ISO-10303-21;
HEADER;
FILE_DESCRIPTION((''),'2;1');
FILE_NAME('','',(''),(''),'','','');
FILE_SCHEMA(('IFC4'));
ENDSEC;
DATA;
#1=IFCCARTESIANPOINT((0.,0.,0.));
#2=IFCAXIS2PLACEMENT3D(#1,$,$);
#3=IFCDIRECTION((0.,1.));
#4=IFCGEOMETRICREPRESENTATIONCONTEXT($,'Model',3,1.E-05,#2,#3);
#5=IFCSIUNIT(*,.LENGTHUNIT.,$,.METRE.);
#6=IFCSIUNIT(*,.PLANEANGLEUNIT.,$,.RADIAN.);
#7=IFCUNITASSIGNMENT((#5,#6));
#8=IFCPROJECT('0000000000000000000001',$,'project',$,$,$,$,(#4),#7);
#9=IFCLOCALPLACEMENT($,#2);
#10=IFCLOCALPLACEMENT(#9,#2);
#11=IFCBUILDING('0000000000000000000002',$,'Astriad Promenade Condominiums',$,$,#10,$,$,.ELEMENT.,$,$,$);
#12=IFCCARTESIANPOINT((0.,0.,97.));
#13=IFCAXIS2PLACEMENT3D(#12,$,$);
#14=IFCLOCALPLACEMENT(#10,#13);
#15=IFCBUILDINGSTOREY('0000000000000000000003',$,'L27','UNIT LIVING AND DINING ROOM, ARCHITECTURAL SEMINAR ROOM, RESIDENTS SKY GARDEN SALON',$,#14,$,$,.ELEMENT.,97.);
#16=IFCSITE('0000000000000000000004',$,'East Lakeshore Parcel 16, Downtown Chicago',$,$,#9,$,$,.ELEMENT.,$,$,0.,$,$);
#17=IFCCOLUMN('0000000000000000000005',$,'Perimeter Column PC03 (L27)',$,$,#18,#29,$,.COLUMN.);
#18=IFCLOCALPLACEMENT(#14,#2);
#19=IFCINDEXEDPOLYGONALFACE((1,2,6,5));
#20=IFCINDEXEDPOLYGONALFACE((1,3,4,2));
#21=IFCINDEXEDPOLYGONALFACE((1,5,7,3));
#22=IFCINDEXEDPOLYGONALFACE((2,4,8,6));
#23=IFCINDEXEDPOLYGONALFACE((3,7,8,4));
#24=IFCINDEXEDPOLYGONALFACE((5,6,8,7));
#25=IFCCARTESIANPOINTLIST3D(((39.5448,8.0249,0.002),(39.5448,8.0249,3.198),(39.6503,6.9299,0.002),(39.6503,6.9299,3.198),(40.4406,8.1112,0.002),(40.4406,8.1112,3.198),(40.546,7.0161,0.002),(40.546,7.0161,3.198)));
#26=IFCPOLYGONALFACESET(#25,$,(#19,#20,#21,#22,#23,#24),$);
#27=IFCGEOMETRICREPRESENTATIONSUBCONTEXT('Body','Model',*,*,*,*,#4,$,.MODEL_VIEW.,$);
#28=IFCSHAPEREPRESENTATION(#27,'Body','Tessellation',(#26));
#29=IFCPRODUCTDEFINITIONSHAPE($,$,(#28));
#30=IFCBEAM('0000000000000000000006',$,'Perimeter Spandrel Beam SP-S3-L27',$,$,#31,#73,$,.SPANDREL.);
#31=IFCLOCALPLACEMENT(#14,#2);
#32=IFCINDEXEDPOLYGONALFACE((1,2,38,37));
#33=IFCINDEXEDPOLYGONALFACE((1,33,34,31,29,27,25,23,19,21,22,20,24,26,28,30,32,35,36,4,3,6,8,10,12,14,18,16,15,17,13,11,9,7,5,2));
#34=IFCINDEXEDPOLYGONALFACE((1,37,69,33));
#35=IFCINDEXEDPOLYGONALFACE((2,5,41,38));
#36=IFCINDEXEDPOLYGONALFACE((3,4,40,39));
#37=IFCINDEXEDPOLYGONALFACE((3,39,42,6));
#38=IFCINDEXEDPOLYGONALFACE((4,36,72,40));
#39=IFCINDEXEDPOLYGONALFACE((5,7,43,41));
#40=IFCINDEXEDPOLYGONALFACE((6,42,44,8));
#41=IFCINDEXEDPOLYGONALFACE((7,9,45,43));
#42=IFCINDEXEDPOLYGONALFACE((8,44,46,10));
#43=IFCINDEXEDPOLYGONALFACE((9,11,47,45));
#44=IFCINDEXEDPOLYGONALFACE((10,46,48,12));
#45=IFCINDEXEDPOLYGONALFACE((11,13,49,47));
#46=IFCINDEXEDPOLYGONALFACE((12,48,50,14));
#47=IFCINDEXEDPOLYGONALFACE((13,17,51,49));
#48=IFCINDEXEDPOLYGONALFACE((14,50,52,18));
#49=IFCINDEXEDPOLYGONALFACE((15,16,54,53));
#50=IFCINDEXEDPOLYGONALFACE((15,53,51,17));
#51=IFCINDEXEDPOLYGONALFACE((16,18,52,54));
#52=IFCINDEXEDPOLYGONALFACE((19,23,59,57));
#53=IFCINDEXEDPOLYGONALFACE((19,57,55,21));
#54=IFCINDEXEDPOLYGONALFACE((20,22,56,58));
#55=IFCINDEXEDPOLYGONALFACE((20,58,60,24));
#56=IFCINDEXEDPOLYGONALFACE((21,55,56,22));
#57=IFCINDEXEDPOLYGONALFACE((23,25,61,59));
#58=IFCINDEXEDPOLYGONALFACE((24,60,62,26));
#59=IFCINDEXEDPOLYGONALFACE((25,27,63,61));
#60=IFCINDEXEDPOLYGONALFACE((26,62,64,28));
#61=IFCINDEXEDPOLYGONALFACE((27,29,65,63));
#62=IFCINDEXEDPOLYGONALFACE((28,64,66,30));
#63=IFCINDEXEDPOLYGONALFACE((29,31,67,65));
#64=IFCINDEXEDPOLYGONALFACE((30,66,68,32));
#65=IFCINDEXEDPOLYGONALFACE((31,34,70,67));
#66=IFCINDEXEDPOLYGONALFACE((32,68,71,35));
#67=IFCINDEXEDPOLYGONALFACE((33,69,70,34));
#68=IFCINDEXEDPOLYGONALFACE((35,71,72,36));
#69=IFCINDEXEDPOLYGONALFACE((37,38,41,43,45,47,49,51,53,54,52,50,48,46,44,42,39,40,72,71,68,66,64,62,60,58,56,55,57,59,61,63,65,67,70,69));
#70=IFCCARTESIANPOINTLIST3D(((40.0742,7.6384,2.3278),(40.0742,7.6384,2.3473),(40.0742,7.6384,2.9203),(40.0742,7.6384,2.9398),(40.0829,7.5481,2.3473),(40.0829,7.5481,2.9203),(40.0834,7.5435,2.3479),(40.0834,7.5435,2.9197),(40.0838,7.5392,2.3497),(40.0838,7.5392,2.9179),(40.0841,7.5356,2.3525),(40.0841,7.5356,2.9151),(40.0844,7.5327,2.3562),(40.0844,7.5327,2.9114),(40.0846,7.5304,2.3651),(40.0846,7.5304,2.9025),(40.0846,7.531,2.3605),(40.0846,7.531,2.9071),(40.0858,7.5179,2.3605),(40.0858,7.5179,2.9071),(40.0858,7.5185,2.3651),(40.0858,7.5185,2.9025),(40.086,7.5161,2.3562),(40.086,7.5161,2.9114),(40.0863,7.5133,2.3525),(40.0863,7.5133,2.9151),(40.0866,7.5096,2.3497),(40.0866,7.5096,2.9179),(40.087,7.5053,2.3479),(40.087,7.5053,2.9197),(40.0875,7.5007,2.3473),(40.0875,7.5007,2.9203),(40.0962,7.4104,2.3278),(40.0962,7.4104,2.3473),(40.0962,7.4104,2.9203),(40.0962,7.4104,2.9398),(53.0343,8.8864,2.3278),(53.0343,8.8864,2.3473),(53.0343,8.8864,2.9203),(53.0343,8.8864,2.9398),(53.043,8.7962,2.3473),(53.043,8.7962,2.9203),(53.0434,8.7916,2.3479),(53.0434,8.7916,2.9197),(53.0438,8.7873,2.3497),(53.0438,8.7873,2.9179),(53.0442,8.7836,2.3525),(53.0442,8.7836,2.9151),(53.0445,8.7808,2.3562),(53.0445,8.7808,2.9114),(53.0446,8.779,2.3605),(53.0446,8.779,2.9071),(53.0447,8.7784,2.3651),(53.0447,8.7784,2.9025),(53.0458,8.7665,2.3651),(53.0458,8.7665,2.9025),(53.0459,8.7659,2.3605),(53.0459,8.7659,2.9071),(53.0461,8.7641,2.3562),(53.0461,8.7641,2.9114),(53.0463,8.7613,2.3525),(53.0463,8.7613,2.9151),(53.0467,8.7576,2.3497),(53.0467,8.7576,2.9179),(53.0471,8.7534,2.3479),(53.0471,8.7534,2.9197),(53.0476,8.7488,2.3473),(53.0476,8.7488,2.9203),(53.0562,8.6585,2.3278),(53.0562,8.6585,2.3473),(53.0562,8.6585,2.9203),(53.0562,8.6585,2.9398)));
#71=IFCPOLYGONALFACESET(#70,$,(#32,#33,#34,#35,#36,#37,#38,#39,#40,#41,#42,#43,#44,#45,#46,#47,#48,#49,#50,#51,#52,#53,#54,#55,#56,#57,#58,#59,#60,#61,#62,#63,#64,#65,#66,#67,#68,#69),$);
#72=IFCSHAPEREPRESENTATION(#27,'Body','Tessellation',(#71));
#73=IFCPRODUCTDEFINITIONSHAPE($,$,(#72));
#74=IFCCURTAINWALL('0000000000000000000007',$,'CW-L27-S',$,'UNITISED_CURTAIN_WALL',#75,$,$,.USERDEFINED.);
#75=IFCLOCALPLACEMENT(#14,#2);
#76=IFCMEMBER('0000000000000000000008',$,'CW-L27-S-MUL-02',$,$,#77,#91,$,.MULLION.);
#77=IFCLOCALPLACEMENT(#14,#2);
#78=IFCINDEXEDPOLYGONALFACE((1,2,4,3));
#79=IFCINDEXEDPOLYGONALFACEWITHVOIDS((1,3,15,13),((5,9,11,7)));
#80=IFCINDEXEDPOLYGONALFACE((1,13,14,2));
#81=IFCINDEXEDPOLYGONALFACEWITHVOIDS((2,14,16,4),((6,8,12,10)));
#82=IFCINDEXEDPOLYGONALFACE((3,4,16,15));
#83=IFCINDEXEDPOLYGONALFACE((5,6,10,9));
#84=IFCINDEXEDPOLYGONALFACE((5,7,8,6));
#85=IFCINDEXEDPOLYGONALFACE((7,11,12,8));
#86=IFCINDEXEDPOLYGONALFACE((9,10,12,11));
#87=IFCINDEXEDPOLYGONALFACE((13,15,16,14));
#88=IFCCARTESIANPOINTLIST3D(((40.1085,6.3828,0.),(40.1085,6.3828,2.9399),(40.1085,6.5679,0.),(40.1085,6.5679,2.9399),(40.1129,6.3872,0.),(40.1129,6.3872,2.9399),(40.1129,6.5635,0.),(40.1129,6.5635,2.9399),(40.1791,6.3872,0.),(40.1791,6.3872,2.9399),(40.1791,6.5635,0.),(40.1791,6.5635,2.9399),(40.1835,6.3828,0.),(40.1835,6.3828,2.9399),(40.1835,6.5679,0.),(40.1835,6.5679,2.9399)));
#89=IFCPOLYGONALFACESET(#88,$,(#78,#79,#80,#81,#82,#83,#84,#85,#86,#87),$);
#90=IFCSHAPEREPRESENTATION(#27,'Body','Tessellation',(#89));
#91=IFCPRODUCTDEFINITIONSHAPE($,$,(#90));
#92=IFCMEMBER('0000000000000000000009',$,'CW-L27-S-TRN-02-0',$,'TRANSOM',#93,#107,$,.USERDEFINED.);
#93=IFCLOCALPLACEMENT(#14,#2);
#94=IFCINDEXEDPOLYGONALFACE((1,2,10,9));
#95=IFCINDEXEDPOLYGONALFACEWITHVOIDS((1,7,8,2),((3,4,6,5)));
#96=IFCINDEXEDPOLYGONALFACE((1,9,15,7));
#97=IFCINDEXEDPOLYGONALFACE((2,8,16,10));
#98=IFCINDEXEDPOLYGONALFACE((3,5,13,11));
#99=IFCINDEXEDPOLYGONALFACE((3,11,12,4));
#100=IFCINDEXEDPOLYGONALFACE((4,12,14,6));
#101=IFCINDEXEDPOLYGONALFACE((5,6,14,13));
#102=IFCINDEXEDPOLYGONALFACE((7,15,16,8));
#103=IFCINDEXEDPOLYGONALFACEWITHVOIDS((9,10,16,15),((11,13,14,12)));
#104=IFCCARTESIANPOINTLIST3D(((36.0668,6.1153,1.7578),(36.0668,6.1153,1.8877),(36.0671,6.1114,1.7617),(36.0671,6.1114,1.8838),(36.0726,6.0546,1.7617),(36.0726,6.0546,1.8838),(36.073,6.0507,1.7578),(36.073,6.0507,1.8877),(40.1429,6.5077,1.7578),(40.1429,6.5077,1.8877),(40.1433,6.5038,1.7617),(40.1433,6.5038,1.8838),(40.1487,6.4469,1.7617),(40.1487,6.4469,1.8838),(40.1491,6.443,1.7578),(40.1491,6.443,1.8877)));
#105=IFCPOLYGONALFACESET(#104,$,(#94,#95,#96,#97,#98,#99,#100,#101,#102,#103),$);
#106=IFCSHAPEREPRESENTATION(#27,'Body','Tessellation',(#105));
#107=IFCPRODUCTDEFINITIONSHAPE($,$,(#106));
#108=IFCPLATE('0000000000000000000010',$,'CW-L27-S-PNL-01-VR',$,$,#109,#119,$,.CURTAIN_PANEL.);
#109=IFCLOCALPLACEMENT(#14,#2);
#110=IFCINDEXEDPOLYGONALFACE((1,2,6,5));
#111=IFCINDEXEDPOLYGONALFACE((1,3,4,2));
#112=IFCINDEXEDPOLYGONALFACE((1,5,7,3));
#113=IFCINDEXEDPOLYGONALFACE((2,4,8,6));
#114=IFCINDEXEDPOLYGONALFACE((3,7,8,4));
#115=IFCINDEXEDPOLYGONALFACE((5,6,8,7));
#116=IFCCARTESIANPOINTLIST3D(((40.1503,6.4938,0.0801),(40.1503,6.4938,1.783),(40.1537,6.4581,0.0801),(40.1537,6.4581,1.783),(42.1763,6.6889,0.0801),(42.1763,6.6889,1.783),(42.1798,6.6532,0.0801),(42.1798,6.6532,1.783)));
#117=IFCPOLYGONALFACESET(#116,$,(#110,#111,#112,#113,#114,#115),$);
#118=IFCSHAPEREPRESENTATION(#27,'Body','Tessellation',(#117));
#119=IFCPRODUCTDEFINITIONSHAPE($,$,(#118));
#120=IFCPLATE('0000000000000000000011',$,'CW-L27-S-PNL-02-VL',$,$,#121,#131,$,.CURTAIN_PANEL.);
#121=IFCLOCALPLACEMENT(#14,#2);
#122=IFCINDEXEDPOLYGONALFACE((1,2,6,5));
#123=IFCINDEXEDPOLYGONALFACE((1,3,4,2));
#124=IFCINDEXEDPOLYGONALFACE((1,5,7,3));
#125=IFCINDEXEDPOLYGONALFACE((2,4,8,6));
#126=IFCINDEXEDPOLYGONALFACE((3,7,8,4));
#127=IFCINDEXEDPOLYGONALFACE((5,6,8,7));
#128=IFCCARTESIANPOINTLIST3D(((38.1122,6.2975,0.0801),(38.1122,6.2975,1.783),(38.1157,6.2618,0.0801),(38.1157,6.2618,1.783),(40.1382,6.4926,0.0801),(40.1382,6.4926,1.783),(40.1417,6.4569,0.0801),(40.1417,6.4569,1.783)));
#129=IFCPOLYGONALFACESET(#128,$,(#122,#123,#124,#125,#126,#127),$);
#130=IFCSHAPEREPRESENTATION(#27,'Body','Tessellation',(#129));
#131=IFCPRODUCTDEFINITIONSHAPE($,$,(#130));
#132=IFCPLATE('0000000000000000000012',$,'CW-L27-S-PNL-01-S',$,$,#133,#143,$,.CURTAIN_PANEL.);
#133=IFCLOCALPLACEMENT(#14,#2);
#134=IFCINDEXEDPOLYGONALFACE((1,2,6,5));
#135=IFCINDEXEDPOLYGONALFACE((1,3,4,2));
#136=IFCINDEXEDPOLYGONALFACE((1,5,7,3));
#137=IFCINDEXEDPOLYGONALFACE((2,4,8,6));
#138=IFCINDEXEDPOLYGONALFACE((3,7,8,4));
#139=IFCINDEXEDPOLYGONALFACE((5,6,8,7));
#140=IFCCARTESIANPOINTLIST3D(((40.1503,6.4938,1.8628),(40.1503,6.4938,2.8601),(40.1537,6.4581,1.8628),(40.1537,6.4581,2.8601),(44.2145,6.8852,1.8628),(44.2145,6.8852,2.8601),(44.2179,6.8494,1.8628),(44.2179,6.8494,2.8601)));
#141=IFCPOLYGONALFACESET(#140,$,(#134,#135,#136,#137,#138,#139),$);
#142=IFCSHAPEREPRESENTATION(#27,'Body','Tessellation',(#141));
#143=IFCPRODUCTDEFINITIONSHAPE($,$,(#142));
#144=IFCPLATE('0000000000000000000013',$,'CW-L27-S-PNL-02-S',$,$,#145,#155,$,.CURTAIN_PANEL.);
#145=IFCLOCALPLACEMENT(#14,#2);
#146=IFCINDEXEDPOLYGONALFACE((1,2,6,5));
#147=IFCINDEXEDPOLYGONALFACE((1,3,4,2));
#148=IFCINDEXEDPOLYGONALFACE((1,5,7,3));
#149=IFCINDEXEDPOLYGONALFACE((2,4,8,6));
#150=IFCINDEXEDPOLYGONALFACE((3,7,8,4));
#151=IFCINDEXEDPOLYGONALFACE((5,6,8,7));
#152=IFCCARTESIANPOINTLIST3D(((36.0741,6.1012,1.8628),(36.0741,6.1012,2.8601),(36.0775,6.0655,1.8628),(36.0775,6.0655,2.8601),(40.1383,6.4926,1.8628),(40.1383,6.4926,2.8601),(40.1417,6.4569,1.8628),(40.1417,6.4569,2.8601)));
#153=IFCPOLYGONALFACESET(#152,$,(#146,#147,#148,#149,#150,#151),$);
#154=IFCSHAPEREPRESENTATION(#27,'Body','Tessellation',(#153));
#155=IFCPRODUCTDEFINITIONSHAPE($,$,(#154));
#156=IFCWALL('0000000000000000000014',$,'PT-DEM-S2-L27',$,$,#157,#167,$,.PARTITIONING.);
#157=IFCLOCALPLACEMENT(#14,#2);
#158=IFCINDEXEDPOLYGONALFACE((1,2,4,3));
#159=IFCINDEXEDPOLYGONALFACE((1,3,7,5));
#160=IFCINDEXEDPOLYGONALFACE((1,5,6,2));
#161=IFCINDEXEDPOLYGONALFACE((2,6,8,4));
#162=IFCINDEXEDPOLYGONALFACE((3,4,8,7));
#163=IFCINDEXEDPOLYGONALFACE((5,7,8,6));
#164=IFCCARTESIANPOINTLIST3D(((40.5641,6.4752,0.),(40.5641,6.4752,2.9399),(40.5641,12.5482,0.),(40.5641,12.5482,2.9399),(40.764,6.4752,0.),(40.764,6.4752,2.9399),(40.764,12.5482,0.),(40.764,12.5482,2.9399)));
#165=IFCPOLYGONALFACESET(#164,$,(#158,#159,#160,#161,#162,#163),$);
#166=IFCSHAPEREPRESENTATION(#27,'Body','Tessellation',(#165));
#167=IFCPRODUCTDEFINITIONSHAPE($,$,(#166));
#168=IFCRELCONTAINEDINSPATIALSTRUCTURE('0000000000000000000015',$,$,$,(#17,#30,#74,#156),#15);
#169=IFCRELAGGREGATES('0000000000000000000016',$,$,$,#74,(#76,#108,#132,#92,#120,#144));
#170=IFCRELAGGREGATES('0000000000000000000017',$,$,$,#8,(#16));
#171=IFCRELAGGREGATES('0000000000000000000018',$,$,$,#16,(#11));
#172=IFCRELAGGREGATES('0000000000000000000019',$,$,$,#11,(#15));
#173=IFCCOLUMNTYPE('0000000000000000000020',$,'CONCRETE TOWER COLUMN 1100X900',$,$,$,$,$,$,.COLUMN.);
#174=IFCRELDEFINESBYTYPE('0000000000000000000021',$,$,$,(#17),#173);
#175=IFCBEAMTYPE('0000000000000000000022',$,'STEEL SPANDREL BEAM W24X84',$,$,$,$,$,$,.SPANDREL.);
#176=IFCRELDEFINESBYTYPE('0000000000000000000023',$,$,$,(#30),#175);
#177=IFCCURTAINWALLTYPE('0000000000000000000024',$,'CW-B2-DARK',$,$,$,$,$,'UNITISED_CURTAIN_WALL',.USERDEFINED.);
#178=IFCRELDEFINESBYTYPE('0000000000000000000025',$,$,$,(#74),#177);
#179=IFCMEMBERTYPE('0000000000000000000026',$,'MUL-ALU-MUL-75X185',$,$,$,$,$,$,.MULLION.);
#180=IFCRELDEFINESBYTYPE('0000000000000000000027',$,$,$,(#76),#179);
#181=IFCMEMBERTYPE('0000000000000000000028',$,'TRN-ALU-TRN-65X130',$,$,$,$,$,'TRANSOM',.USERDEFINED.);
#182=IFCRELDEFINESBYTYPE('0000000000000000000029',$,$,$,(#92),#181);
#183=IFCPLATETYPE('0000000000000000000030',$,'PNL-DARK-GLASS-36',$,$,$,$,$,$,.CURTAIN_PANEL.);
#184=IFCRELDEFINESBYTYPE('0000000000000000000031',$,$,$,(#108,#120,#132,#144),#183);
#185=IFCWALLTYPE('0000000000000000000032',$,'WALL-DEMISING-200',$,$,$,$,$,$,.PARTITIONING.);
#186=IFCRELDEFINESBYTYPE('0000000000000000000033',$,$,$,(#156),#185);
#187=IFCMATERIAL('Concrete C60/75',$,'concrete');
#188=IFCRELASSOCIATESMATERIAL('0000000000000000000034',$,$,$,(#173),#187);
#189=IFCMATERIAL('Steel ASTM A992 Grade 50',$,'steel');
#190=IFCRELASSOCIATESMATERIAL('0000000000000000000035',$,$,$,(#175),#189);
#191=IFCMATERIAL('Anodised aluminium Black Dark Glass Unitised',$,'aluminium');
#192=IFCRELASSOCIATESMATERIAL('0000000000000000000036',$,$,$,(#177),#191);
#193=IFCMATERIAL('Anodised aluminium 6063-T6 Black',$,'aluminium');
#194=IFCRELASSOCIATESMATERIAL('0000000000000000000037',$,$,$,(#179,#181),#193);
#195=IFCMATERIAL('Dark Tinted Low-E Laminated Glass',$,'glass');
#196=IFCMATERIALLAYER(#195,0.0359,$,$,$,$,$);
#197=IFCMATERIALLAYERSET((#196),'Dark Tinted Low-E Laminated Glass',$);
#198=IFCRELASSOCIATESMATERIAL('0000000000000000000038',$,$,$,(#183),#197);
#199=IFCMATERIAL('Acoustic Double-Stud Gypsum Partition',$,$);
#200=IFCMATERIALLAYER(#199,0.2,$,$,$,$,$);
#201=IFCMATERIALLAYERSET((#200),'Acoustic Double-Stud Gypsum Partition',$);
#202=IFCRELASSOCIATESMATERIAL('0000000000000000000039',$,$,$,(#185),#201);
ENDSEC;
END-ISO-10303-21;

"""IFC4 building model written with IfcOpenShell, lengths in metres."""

from ifc_helpers import new_model, si_unit, direction, frame, frame_2d, origin, origin_2d, place, context, subcontext, project, spatial, rectangle, hollow_rectangle, i_section, extrude, source, transform, mapped, material, layer, layer_set, material_profile, profile_set, type_object, type_shapes, element, aggregate, save


model = new_model("IFC4")

# Units and contexts
model_context = context("Model", 3, precision=1e-05, world=origin(), true_north=direction((0.0, 1.0)))
body_context = subcontext(model_context, "Body", "Model", "MODEL_VIEW")
ifc_project = project(units=[si_unit("LENGTHUNIT", "METRE"), si_unit("PLANEANGLEUNIT", "RADIAN")], contexts=[model_context])

# Site, building, storey
site_placement = place(None, origin())
site = spatial("IfcSite", under=ifc_project, at=site_placement, Name="East Lakeshore Parcel 16, Downtown Chicago", CompositionType="ELEMENT", RefElevation=0.0)
building_placement = place(site_placement, origin())
building = spatial("IfcBuilding", under=site, at=building_placement, Name="Astriad Promenade Condominiums", CompositionType="ELEMENT")
storey_placement = place(building_placement, frame((0.0, 0.0, 97.0)))
storey = spatial("IfcBuildingStorey", under=building, at=storey_placement, Name="L27", Description="UNIT LIVING AND DINING ROOM, ARCHITECTURAL SEMINAR ROOM, RESIDENTS SKY GARDEN SALON", CompositionType="ELEMENT", Elevation=97.0)

# Column
ifc_material_1 = material(Name="Concrete C60/75", Category="concrete")
ifc_material_profile_1 = material_profile(ifc_material_1, rectangle(XDim=0.8999, YDim=1.1001, at=origin_2d()), Name="RC-COL-1100X900")
ifc_profile_set_1 = profile_set([ifc_material_profile_1], Name="Concrete C60/75")
column_type = type_object("IfcColumnType", Name="CONCRETE TOWER COLUMN 1100X900", PredefinedType="COLUMN", material=ifc_profile_set_1)
shared_shape_1 = source(origin(), body_context, "Body", "SweptSolid", [
    extrude(rectangle(XDim=0.8999, YDim=1.1001, at=origin_2d()), origin(), (0.0, 0.0, 1.0), 3.196),
])
type_shapes(column_type, [shared_shape_1])
column_placement = place(storey_placement, frame((40.0454, 7.5205, 0.002), z_axis=(0.0, 0.0, 1.0), x_axis=(0.995396, 0.095846, 0.0)))
element("IfcColumn", 1, at=column_placement, inside=storey, type_object=column_type, Name="Perimeter Column PC03 (L27)", PredefinedType="COLUMN", context=body_context, shape_type="MappedRepresentation", body=[
    mapped(shared_shape_1, transform((0.0, 0.0, 0.0), scale=1.0)),
])

# Beam
ifc_material_2 = material(Name="Steel ASTM A992 Grade 50", Category="steel")
ifc_material_profile_2 = material_profile(ifc_material_2, i_section(OverallWidth=0.229, OverallDepth=0.6121, WebThickness=0.012, FlangeThickness=0.0195, FilletRadius=0.0178, at=origin_2d()), Name="W24X84")
ifc_profile_set_2 = profile_set([ifc_material_profile_2], Name="Steel ASTM A992 Grade 50")
beam_type = type_object("IfcBeamType", Name="STEEL SPANDREL BEAM W24X84", PredefinedType="SPANDREL", material=ifc_profile_set_2)
shared_shape_2 = source(origin(), body_context, "Body", "SweptSolid", [
    extrude(i_section(OverallWidth=0.229, OverallDepth=0.6121, WebThickness=0.012, FlangeThickness=0.0195, FilletRadius=0.0178, at=origin_2d()), origin(), (0.0, 0.0, 1.0), 13.02),
])
type_shapes(beam_type, [shared_shape_2])
beam_placement = place(storey_placement, frame((40.0852, 7.5244, 2.6338), z_axis=(0.995395, 0.095857, 0.0), x_axis=(-0.095857, 0.995395, 0.0)))
element("IfcBeam", 2, at=beam_placement, inside=storey, type_object=beam_type, Name="Perimeter Spandrel Beam SP-S3-L27", PredefinedType="SPANDREL", context=body_context, shape_type="MappedRepresentation", body=[
    mapped(shared_shape_2, transform((0.0, 0.0, 0.0), scale=1.0)),
])

# Curtain wall, members, plates
ifc_material_3 = material(Name="Anodised aluminium Black Dark Glass Unitised", Category="aluminium")
curtain_wall_type = type_object("IfcCurtainWallType", Name="CW-B2-DARK", ElementType="UNITISED_CURTAIN_WALL", PredefinedType="USERDEFINED", material=ifc_material_3)
curtain_wall_placement = place(storey_placement, origin())
curtain_wall = element("IfcCurtainWall", 3, at=curtain_wall_placement, inside=storey, type_object=curtain_wall_type, Name="CW-L27-S", ObjectType="UNITISED_CURTAIN_WALL", PredefinedType="USERDEFINED")
ifc_material_4 = material(Name="Anodised aluminium 6063-T6 Black", Category="aluminium")
ifc_material_profile_3 = material_profile(ifc_material_4, hollow_rectangle(XDim=0.075, YDim=0.1851, WallThickness=0.0044, at=origin_2d()), Name="ALU-MUL-75X185")
ifc_profile_set_3 = profile_set([ifc_material_profile_3], Name="Anodised aluminium 6063-T6 Black")
member_type_1 = type_object("IfcMemberType", Name="MUL-ALU-MUL-75X185", PredefinedType="MULLION", material=ifc_profile_set_3)
shared_shape_3 = source(origin(), body_context, "Body", "SweptSolid", [
    extrude(hollow_rectangle(XDim=0.075, YDim=0.1851, WallThickness=0.0044, at=origin_2d()), origin(), (0.0, 0.0, 1.0), 2.9399),
])
type_shapes(member_type_1, [shared_shape_3])
member_1_placement = place(storey_placement, frame((40.146, 6.4753, 0.0), z_axis=(0.0, 0.0, 1.0), x_axis=(1.0, 0.0, 0.0)))
member_1 = element("IfcMember", 4, at=member_1_placement, type_object=member_type_1, Name="CW-L27-S-MUL-02", PredefinedType="MULLION", context=body_context, shape_type="MappedRepresentation", body=[
    mapped(shared_shape_3, transform((0.0, 0.0, 0.0), scale=1.0)),
])
ifc_material_profile_4 = material_profile(ifc_material_4, hollow_rectangle(XDim=0.0649, YDim=0.1299, WallThickness=0.0039, at=origin_2d()), Name="ALU-TRN-65X130")
ifc_profile_set_4 = profile_set([ifc_material_profile_4], Name="Anodised aluminium 6063-T6 Black")
member_type_2 = type_object("IfcMemberType", Name="TRN-ALU-TRN-65X130", ElementType="TRANSOM", PredefinedType="USERDEFINED", material=ifc_profile_set_4)
shared_shape_4 = source(origin(), body_context, "Body", "SweptSolid", [
    extrude(hollow_rectangle(XDim=0.0649, YDim=0.1299, WallThickness=0.0039, at=origin_2d()), origin(), (0.0, 0.0, 1.0), 4.095),
])
type_shapes(member_type_2, [shared_shape_4])
member_2_placement = place(storey_placement, frame((40.146, 6.4753, 1.8228), z_axis=(-0.9954, -0.095808, 0.0), x_axis=(0.095808, -0.9954, 0.0)))
member_2 = element("IfcMember", 5, at=member_2_placement, type_object=member_type_2, Name="CW-L27-S-TRN-02-0", ObjectType="TRANSOM", PredefinedType="USERDEFINED", context=body_context, shape_type="MappedRepresentation", body=[
    mapped(shared_shape_4, transform((0.0, 0.0, 0.0), scale=1.0)),
])
ifc_material_5 = material(Name="Dark Tinted Low-E Laminated Glass", Category="glass")
ifc_layer_1 = layer(ifc_material_5, 0.0359)
ifc_layer_set_1 = layer_set([ifc_layer_1], Name="Dark Tinted Low-E Laminated Glass")
plate_type = type_object("IfcPlateType", Name="PNL-DARK-GLASS-36", PredefinedType="CURTAIN_PANEL", material=ifc_layer_set_1)
shared_shape_5 = source(origin(), body_context, "Body", "SweptSolid", [
    extrude(rectangle(XDim=2.0354, YDim=0.0359, at=origin_2d()), origin(), (0.0, 0.0, 1.0), 1.7029),
])
plate_1_placement = place(storey_placement, frame((41.165, 6.5735, 0.0801), z_axis=(0.0, 0.0, 1.0), x_axis=(-0.995396, -0.095846, 0.0)))
plate_1 = element("IfcPlate", 6, at=plate_1_placement, type_object=plate_type, Name="CW-L27-S-PNL-01-VR", PredefinedType="CURTAIN_PANEL", context=body_context, shape_type="MappedRepresentation", body=[
    mapped(shared_shape_5, transform((0.0, 0.0, 0.0), scale=1.0)),
])
plate_2_placement = place(storey_placement, frame((39.127, 6.3772, 0.0801), z_axis=(0.0, 0.0, 1.0), x_axis=(-0.995396, -0.095846, 0.0)))
plate_2 = element("IfcPlate", 7, at=plate_2_placement, type_object=plate_type, Name="CW-L27-S-PNL-02-VL", PredefinedType="CURTAIN_PANEL", context=body_context, shape_type="MappedRepresentation", body=[
    mapped(shared_shape_5, transform((0.0, 0.0, 0.0), scale=1.0)),
])
shared_shape_6 = source(origin(), body_context, "Body", "SweptSolid", [
    extrude(rectangle(XDim=4.083, YDim=0.0359, at=origin_2d()), origin(), (0.0, 0.0, 1.0), 0.9973),
])
type_shapes(plate_type, [shared_shape_5, shared_shape_6])
plate_3_placement = place(storey_placement, frame((42.1841, 6.6716, 1.8628), z_axis=(0.0, 0.0, 1.0), x_axis=(-0.995396, -0.095846, 0.0)))
plate_3 = element("IfcPlate", 8, at=plate_3_placement, type_object=plate_type, Name="CW-L27-S-PNL-01-S", PredefinedType="CURTAIN_PANEL", context=body_context, shape_type="MappedRepresentation", body=[
    mapped(shared_shape_6, transform((0.0, 0.0, 0.0), scale=1.0)),
])
plate_4_placement = place(storey_placement, frame((38.1079, 6.2791, 1.8628), z_axis=(0.0, 0.0, 1.0), x_axis=(-0.995396, -0.095846, 0.0)))
plate_4 = element("IfcPlate", 9, at=plate_4_placement, type_object=plate_type, Name="CW-L27-S-PNL-02-S", PredefinedType="CURTAIN_PANEL", context=body_context, shape_type="MappedRepresentation", body=[
    mapped(shared_shape_6, transform((0.0, 0.0, 0.0), scale=1.0)),
])
aggregate(curtain_wall, [member_1, plate_1, plate_3, member_2, plate_2, plate_4])

# Wall
ifc_material_6 = material(Name="Acoustic Double-Stud Gypsum Partition")
ifc_layer_2 = layer(ifc_material_6, 0.2)
ifc_layer_set_2 = layer_set([ifc_layer_2], Name="Acoustic Double-Stud Gypsum Partition")
wall_type_1 = type_object("IfcWallType", Name="WALL-DEMISING-200", PredefinedType="PARTITIONING", material=ifc_layer_set_2)
wall_1_placement = place(storey_placement, frame((40.6641, 6.4751, 0.0), z_axis=(0.0, 0.0, 1.0), x_axis=(0.0, 1.0, 0.0)))
element("IfcWall", 10, at=wall_1_placement, inside=storey, type_object=wall_type_1, Name="PT-DEM-S2-L27", PredefinedType="PARTITIONING", context=body_context, shape_type="SweptSolid", body=[
    extrude(rectangle(XDim=6.073, YDim=0.2, at=frame_2d((3.0366, 0.0))), origin(), (0.0, 0.0, 1.0), 2.9399),
])

save(model, "model.ifc")
